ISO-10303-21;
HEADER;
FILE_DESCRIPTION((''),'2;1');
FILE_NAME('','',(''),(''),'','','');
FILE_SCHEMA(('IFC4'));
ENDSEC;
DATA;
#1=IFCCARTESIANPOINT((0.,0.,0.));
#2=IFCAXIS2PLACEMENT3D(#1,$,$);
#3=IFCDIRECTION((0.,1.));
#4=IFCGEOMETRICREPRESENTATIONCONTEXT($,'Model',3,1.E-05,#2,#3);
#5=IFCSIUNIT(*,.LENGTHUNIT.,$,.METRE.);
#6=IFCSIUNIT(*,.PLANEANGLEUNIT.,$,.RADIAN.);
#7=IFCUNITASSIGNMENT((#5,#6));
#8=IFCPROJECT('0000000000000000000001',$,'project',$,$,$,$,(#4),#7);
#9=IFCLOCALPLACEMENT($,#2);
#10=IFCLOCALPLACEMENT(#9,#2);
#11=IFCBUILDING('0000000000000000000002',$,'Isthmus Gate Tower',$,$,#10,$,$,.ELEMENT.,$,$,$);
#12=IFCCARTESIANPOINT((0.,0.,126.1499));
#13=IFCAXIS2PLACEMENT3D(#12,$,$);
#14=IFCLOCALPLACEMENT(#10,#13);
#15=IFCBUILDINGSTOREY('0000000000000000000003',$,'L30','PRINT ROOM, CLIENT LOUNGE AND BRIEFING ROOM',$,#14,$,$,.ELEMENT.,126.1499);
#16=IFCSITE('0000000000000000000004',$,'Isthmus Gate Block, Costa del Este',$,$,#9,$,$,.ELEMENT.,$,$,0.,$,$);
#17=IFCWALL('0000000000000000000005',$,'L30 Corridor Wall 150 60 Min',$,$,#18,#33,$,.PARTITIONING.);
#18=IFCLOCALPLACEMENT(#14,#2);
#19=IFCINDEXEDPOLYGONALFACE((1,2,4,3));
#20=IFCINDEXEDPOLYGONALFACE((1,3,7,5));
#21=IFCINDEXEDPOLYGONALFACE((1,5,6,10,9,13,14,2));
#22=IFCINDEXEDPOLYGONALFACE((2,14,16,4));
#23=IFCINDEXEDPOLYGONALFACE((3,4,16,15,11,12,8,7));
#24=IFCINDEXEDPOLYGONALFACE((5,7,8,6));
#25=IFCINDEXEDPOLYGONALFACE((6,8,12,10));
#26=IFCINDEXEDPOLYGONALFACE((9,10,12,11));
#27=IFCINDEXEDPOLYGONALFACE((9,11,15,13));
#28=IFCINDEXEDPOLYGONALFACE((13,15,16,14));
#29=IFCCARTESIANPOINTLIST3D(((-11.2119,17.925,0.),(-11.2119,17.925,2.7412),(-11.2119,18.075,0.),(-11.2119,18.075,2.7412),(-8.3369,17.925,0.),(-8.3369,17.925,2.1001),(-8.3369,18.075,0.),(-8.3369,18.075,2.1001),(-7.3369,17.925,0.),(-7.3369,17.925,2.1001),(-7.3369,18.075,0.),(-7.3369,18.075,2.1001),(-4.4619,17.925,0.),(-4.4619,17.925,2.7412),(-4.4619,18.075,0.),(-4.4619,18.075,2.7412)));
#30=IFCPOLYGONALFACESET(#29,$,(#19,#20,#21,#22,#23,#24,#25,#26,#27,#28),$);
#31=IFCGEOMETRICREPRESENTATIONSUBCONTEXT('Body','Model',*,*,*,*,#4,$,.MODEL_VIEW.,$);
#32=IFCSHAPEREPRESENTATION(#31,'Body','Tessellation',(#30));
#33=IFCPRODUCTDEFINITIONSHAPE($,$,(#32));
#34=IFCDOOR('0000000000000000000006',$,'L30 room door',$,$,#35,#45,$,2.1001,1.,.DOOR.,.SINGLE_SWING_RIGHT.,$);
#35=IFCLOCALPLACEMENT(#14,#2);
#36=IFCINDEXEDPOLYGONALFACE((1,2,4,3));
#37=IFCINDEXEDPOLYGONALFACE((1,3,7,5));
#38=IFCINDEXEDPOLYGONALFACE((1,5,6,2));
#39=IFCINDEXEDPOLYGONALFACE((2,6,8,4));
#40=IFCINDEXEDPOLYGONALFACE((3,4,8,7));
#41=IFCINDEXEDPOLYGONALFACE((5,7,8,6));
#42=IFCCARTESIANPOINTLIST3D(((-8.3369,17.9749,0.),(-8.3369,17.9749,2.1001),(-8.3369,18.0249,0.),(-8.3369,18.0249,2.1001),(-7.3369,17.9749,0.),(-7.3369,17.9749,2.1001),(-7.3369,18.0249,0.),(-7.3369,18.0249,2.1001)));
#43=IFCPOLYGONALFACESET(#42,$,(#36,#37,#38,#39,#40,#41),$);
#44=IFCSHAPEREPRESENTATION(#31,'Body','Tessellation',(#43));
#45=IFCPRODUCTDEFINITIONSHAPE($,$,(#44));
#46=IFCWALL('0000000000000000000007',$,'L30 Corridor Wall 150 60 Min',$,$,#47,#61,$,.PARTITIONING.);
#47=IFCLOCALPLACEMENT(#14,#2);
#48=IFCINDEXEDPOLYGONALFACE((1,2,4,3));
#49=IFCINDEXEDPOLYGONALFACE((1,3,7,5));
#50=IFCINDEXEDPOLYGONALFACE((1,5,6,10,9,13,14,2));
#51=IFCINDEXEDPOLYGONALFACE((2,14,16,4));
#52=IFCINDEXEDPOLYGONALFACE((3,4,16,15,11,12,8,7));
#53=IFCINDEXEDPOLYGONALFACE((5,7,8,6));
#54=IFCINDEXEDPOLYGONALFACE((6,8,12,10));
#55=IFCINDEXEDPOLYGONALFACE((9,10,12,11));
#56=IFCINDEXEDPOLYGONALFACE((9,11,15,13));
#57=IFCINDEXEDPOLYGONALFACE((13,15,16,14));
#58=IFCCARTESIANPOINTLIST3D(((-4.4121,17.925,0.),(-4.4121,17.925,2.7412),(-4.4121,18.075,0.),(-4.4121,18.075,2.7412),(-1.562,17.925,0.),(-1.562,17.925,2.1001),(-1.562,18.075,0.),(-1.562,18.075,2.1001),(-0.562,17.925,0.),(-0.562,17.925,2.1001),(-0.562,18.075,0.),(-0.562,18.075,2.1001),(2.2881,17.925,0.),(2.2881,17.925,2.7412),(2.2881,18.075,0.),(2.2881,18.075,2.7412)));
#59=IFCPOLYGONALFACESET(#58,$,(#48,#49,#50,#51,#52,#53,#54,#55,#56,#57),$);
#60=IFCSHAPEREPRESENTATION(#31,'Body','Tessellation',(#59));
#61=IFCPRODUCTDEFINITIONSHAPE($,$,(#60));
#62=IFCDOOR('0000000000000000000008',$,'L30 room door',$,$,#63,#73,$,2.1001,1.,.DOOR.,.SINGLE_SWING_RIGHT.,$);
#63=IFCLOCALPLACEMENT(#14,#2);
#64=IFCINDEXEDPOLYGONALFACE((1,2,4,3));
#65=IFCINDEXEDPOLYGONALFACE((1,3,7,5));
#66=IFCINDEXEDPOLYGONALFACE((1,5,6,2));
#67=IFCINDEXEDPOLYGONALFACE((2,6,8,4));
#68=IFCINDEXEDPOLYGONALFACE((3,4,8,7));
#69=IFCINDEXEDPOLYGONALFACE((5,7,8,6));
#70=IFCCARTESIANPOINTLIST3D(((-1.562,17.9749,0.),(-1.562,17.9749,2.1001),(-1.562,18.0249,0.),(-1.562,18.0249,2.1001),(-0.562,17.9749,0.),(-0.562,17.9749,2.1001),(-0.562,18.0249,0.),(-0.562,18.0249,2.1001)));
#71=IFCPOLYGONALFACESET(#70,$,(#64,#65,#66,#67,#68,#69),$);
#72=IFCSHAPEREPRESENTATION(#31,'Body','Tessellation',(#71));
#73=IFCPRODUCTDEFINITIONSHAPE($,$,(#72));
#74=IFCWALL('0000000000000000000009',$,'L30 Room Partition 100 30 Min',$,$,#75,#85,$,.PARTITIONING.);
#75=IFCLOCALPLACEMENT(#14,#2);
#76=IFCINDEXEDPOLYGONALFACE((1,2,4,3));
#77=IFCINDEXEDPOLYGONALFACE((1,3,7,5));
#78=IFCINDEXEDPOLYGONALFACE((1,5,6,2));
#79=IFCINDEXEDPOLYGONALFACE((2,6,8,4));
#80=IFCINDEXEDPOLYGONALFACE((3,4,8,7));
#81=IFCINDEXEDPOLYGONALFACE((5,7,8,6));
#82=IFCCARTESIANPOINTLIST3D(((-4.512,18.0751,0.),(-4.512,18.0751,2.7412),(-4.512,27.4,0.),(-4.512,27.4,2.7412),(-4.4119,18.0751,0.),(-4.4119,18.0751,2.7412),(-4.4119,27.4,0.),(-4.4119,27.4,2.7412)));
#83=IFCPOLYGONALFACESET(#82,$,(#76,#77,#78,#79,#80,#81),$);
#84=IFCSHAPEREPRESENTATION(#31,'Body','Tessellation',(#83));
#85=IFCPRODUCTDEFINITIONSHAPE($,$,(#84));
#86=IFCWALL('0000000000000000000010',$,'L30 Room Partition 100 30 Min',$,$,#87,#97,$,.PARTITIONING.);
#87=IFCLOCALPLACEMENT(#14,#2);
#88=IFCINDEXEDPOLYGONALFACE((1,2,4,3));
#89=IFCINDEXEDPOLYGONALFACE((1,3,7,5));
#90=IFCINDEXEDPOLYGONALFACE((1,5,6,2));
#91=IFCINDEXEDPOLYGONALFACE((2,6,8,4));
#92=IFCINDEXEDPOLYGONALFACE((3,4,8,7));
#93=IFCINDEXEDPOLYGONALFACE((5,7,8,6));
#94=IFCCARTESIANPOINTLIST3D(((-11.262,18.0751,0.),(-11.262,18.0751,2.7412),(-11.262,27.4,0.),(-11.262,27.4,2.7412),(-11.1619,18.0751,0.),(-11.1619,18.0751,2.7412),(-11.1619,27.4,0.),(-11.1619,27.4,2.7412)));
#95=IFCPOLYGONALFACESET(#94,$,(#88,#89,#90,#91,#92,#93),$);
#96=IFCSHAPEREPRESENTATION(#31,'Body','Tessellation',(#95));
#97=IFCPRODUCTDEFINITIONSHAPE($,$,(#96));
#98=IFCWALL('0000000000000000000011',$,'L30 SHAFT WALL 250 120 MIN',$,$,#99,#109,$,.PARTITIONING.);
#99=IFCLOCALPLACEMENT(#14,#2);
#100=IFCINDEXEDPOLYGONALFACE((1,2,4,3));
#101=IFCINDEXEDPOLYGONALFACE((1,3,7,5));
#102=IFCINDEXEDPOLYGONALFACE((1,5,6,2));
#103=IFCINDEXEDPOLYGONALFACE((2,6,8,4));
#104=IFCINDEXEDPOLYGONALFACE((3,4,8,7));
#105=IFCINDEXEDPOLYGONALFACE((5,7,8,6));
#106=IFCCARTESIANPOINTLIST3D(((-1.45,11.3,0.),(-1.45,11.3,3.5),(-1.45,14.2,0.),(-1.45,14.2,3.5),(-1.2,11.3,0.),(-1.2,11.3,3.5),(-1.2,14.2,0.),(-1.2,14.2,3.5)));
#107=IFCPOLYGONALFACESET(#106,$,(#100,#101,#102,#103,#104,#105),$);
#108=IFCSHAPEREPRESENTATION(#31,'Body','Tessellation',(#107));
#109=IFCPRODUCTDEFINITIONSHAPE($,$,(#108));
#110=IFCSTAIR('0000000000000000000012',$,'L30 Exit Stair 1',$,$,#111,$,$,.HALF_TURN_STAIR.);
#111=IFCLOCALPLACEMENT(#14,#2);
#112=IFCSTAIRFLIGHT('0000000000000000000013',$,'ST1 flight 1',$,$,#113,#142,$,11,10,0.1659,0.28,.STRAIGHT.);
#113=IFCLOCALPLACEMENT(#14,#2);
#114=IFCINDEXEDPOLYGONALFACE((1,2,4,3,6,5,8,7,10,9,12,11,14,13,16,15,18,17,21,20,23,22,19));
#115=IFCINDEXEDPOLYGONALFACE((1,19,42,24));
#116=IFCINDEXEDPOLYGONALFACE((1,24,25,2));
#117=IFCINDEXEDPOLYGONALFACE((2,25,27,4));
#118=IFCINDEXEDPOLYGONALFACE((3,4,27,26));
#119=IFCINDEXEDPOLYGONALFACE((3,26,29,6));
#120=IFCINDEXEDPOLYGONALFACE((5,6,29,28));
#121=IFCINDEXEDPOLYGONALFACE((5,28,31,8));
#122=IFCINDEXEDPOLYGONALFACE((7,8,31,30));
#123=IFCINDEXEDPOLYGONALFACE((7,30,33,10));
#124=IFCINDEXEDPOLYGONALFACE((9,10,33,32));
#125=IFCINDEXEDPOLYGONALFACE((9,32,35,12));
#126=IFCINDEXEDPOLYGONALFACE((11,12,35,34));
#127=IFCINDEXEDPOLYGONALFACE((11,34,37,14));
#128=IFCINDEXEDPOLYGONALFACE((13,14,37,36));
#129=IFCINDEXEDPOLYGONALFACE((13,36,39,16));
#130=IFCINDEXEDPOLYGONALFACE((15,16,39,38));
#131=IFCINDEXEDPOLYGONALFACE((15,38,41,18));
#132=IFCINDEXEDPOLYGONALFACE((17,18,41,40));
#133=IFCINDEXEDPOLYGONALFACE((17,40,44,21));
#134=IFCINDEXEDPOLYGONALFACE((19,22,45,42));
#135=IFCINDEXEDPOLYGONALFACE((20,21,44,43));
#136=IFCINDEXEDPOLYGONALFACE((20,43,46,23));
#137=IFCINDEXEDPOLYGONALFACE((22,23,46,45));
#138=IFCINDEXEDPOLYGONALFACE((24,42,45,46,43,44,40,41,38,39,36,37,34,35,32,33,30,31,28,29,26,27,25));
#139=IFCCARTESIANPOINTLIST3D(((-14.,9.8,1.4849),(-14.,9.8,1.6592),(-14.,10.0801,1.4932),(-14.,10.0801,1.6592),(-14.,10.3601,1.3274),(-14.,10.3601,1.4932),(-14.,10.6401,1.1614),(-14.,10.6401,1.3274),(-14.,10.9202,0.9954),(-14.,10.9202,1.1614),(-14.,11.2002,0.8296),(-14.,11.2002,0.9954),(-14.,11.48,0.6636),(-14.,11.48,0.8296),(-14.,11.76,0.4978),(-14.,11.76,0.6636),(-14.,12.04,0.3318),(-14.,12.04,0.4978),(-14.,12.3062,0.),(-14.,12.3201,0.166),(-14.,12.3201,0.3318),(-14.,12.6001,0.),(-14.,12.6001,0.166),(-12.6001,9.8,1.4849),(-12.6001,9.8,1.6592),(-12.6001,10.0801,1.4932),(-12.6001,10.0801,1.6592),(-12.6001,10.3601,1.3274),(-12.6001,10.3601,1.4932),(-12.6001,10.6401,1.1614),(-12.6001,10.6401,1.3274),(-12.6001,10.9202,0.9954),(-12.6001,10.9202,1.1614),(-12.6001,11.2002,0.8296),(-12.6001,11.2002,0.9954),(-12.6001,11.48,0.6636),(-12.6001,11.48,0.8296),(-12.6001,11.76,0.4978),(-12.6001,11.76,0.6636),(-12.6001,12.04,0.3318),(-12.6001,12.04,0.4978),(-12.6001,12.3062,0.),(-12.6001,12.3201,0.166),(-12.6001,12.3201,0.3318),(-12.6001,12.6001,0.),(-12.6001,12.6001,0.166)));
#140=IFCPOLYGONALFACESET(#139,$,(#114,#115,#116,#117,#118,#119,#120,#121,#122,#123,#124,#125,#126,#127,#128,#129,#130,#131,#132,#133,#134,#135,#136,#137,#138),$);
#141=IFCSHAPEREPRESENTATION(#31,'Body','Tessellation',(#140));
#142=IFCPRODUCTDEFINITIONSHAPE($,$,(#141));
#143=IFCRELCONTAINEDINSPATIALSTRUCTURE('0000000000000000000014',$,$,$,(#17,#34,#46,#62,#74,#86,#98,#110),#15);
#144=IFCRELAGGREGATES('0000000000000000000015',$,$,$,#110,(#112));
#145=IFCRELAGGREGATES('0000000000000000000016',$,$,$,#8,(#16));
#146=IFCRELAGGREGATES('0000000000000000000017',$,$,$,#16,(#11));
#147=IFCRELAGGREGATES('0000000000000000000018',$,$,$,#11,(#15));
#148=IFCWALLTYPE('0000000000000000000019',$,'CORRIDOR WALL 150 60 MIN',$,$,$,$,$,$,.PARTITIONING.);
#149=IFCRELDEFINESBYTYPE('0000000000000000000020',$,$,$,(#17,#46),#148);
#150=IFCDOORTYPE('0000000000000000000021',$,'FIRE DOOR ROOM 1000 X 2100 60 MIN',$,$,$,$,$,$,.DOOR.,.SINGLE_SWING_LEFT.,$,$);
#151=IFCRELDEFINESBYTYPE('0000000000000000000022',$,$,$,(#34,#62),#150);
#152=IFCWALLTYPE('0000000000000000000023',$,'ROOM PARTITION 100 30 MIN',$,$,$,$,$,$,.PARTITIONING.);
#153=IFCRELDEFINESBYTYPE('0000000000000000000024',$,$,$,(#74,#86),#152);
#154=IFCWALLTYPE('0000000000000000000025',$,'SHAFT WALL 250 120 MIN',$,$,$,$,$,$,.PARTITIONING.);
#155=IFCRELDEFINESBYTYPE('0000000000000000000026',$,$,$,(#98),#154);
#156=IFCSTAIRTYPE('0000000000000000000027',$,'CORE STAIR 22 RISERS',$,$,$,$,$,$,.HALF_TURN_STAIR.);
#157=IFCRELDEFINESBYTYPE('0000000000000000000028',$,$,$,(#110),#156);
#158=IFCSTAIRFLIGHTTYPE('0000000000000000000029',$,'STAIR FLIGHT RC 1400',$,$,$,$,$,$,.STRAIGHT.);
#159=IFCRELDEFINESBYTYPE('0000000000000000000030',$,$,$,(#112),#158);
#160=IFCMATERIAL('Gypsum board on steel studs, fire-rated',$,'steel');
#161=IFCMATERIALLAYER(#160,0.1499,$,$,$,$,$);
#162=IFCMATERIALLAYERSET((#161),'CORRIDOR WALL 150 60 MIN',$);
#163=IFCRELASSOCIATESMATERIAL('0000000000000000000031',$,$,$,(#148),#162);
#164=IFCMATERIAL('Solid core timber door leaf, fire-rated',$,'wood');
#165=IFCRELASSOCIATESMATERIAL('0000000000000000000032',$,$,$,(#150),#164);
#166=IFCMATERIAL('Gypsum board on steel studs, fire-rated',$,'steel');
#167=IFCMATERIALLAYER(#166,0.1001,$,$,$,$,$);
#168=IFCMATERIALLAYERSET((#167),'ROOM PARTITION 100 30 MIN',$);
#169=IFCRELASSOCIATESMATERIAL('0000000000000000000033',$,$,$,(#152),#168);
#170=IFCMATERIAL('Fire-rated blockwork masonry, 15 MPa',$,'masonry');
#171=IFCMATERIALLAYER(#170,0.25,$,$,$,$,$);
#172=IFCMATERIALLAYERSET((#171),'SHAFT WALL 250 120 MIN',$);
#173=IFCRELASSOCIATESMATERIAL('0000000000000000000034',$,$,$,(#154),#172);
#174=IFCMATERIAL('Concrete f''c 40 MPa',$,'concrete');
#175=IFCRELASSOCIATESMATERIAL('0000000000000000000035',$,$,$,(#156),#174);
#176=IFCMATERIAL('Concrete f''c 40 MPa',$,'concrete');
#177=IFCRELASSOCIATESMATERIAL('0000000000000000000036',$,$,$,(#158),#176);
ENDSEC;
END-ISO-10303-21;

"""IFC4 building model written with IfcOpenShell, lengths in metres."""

from ifc_helpers import new_model, si_unit, direction, frame, frame_2d, origin, place, context, subcontext, project, spatial, polyline, rectangle, outline, extrude, material, layer, layer_set, type_object, element, fill, aggregate, save


model = new_model("IFC4")

# Units and contexts
model_context = context("Model", 3, precision=1e-05, world=origin(), true_north=direction((0.0, 1.0)))
body_context = subcontext(model_context, "Body", "Model", "MODEL_VIEW")
ifc_project = project(units=[si_unit("LENGTHUNIT", "METRE"), si_unit("PLANEANGLEUNIT", "RADIAN")], contexts=[model_context])

# Site, building, storey
site_placement = place(None, origin())
site = spatial("IfcSite", under=ifc_project, at=site_placement, Name="Isthmus Gate Block, Costa del Este", CompositionType="ELEMENT", RefElevation=0.0)
building_placement = place(site_placement, origin())
building = spatial("IfcBuilding", under=site, at=building_placement, Name="Isthmus Gate Tower", CompositionType="ELEMENT")
storey_placement = place(building_placement, frame((0.0, 0.0, 126.1499)))
storey = spatial("IfcBuildingStorey", under=building, at=storey_placement, Name="L30", Description="PRINT ROOM, CLIENT LOUNGE AND BRIEFING ROOM", CompositionType="ELEMENT", Elevation=126.1499)

# Walls, openings, doors
ifc_material_1 = material(Name="Gypsum board on steel studs, fire-rated", Category="steel")
ifc_layer_1 = layer(ifc_material_1, 0.1499)
ifc_layer_set_1 = layer_set([ifc_layer_1], Name="CORRIDOR WALL 150 60 MIN")
wall_type_1 = type_object("IfcWallType", Name="CORRIDOR WALL 150 60 MIN", PredefinedType="PARTITIONING", material=ifc_layer_set_1)
wall_1_placement = place(storey_placement, frame((-11.2119, 18.0, 0.0), z_axis=(0.0, 0.0, 1.0), x_axis=(1.0, 0.0, 0.0)))
wall_1 = element("IfcWall", 1, at=wall_1_placement, inside=storey, type_object=wall_type_1, Name="L30 Corridor Wall 150 60 Min", PredefinedType="PARTITIONING", context=body_context, shape_type="SweptSolid", body=[
    extrude(rectangle(XDim=6.75, YDim=0.1499, at=frame_2d((3.375, 0.0))), origin(), (0.0, 0.0, 1.0), 2.7412),
])
opening_1_placement = place(wall_1_placement, frame((2.875, 0.0, 0.0)))
opening_1 = element("IfcOpeningElement", 2, at=opening_1_placement, cuts=wall_1, PredefinedType="OPENING", context=body_context, shape_type="SweptSolid", body=[
    extrude(rectangle(XDim=1.0, YDim=2.1001, at=frame_2d((0.5, 1.05))), frame((0.0, 0.085, 0.0), z_axis=(0.0, -1.0, 0.0), x_axis=(1.0, 0.0, 0.0)), (0.0, 0.0, 1.0), 0.1699),
])
ifc_material_2 = material(Name="Solid core timber door leaf, fire-rated", Category="wood")
door_type = type_object("IfcDoorType", Name="FIRE DOOR ROOM 1000 X 2100 60 MIN", OperationType="SINGLE_SWING_LEFT", PredefinedType="DOOR", material=ifc_material_2)
door_1_placement = place(opening_1_placement, origin())
door_1 = element("IfcDoor", 3, at=door_1_placement, inside=storey, type_object=door_type, Name="L30 room door", OperationType="SINGLE_SWING_RIGHT", OverallHeight=2.1001, OverallWidth=1.0, PredefinedType="DOOR", context=body_context, shape_type="SweptSolid", body=[
    extrude(rectangle(XDim=1.0, YDim=2.1001, at=frame_2d((0.5, 1.05))), frame((0.0, 0.0249, 0.0), z_axis=(0.0, -1.0, 0.0), x_axis=(1.0, 0.0, 0.0)), (0.0, 0.0, 1.0), 0.05),
])
fill(opening_1, door_1)
wall_2_placement = place(storey_placement, frame((-4.4121, 18.0, 0.0), z_axis=(0.0, 0.0, 1.0), x_axis=(1.0, 0.0, 0.0)))
wall_2 = element("IfcWall", 4, at=wall_2_placement, inside=storey, type_object=wall_type_1, Name="L30 Corridor Wall 150 60 Min", PredefinedType="PARTITIONING", context=body_context, shape_type="SweptSolid", body=[
    extrude(rectangle(XDim=6.7002, YDim=0.1499, at=frame_2d((3.3501, 0.0))), origin(), (0.0, 0.0, 1.0), 2.7412),
])
opening_2_placement = place(wall_2_placement, frame((2.8501, 0.0, 0.0)))
opening_2 = element("IfcOpeningElement", 5, at=opening_2_placement, cuts=wall_2, PredefinedType="OPENING", context=body_context, shape_type="SweptSolid", body=[
    extrude(rectangle(XDim=1.0, YDim=2.1001, at=frame_2d((0.5, 1.05))), frame((0.0, 0.085, 0.0), z_axis=(0.0, -1.0, 0.0), x_axis=(1.0, 0.0, 0.0)), (0.0, 0.0, 1.0), 0.1699),
])
door_2_placement = place(opening_2_placement, origin())
door_2 = element("IfcDoor", 6, at=door_2_placement, inside=storey, type_object=door_type, Name="L30 room door", OperationType="SINGLE_SWING_RIGHT", OverallHeight=2.1001, OverallWidth=1.0, PredefinedType="DOOR", context=body_context, shape_type="SweptSolid", body=[
    extrude(rectangle(XDim=1.0, YDim=2.1001, at=frame_2d((0.5, 1.05))), frame((0.0, 0.0249, 0.0), z_axis=(0.0, -1.0, 0.0), x_axis=(1.0, 0.0, 0.0)), (0.0, 0.0, 1.0), 0.05),
])
fill(opening_2, door_2)

# Walls
ifc_material_3 = material(Name="Gypsum board on steel studs, fire-rated", Category="steel")
ifc_layer_2 = layer(ifc_material_3, 0.1001)
ifc_layer_set_2 = layer_set([ifc_layer_2], Name="ROOM PARTITION 100 30 MIN")
wall_type_2 = type_object("IfcWallType", Name="ROOM PARTITION 100 30 MIN", PredefinedType="PARTITIONING", material=ifc_layer_set_2)
for number, where, z_axis, x_axis, name in (
    (7, (-4.4619, 18.075, 0.0), (0.0, 0.0, 1.0), (0.0, 1.0, 0.0), "L30 Room Partition 100 30 Min"),
    (8, (-11.2119, 18.075, 0.0), (0.0, 0.0, 1.0), (0.0, 1.0, 0.0), "L30 Room Partition 100 30 Min"),
):
    element("IfcWall", number, at=place(storey_placement, frame(where, z_axis=z_axis, x_axis=x_axis)), inside=storey, type_object=wall_type_2, Name=name, PredefinedType="PARTITIONING", context=body_context, shape_type="SweptSolid", body=[
        extrude(rectangle(XDim=9.325, YDim=0.1001, at=frame_2d((4.6626, 0.0))), origin(), (0.0, 0.0, 1.0), 2.7412),
    ])
ifc_material_4 = material(Name="Fire-rated blockwork masonry, 15 MPa", Category="masonry")
ifc_layer_3 = layer(ifc_material_4, 0.25)
ifc_layer_set_3 = layer_set([ifc_layer_3], Name="SHAFT WALL 250 120 MIN")
wall_type_3 = type_object("IfcWallType", Name="SHAFT WALL 250 120 MIN", PredefinedType="PARTITIONING", material=ifc_layer_set_3)
wall_3_placement = place(storey_placement, frame((-1.325, 11.3, 0.0), z_axis=(0.0, 0.0, 1.0), x_axis=(0.0, 1.0, 0.0)))
element("IfcWall", 9, at=wall_3_placement, inside=storey, type_object=wall_type_3, Name="L30 SHAFT WALL 250 120 MIN", PredefinedType="PARTITIONING", context=body_context, shape_type="SweptSolid", body=[
    extrude(rectangle(XDim=2.8999, YDim=0.25, at=frame_2d((1.45, 0.0))), origin(), (0.0, 0.0, 1.0), 3.5),
])

# Stair, stair flight
ifc_material_5 = material(Name="Concrete f'c 40 MPa", Category="concrete")
stair_type = type_object("IfcStairType", Name="CORE STAIR 22 RISERS", PredefinedType="HALF_TURN_STAIR", material=ifc_material_5)
stair_placement = place(storey_placement, origin())
stair = element("IfcStair", 10, at=stair_placement, inside=storey, type_object=stair_type, Name="L30 Exit Stair 1", PredefinedType="HALF_TURN_STAIR")
ifc_material_6 = material(Name="Concrete f'c 40 MPa", Category="concrete")
stair_flight_type = type_object("IfcStairFlightType", Name="STAIR FLIGHT RC 1400", PredefinedType="STRAIGHT", material=ifc_material_6)
stair_flight_placement = place(storey_placement, frame((-13.3, 12.6001, 0.0), z_axis=(0.0, 0.0, 1.0), x_axis=(0.0, -1.0, 0.0)))
stair_flight = element("IfcStairFlight", 11, at=stair_flight_placement, type_object=stair_flight_type, Name="ST1 flight 1", NumberOfRisers=11, NumberOfTreads=10, PredefinedType="STRAIGHT", RiserHeight=0.1659, TreadLength=0.28, context=body_context, shape_type="SweptSolid", body=[
    extrude(outline(polyline([(0.0, 0.0), (0.0, 0.166), (0.28, 0.166), (0.28, 0.3318), (0.5601, 0.3318), (0.5601, 0.4978), (0.8401, 0.4978), (0.8401, 0.6636), (1.1201, 0.6636), (1.1201, 0.8296), (1.3999, 0.8296), (1.3999, 0.9954), (1.6799, 0.9954), (1.6799, 1.1614), (1.96, 1.1614), (1.96, 1.3274), (2.24, 1.3274), (2.24, 1.4932), (2.52, 1.4932), (2.52, 1.6592), (2.8, 1.6592), (2.8, 1.825), (2.8, 1.4849), (0.2939, 0.0), (0.0, 0.0)])), frame((0.0, 0.7, 0.0), z_axis=(0.0, -1.0, 0.0), x_axis=(1.0, 0.0, 0.0)), (0.0, 0.0, 1.0), 1.3999),
])
aggregate(stair, [stair_flight])

save(model, "model.ifc")
